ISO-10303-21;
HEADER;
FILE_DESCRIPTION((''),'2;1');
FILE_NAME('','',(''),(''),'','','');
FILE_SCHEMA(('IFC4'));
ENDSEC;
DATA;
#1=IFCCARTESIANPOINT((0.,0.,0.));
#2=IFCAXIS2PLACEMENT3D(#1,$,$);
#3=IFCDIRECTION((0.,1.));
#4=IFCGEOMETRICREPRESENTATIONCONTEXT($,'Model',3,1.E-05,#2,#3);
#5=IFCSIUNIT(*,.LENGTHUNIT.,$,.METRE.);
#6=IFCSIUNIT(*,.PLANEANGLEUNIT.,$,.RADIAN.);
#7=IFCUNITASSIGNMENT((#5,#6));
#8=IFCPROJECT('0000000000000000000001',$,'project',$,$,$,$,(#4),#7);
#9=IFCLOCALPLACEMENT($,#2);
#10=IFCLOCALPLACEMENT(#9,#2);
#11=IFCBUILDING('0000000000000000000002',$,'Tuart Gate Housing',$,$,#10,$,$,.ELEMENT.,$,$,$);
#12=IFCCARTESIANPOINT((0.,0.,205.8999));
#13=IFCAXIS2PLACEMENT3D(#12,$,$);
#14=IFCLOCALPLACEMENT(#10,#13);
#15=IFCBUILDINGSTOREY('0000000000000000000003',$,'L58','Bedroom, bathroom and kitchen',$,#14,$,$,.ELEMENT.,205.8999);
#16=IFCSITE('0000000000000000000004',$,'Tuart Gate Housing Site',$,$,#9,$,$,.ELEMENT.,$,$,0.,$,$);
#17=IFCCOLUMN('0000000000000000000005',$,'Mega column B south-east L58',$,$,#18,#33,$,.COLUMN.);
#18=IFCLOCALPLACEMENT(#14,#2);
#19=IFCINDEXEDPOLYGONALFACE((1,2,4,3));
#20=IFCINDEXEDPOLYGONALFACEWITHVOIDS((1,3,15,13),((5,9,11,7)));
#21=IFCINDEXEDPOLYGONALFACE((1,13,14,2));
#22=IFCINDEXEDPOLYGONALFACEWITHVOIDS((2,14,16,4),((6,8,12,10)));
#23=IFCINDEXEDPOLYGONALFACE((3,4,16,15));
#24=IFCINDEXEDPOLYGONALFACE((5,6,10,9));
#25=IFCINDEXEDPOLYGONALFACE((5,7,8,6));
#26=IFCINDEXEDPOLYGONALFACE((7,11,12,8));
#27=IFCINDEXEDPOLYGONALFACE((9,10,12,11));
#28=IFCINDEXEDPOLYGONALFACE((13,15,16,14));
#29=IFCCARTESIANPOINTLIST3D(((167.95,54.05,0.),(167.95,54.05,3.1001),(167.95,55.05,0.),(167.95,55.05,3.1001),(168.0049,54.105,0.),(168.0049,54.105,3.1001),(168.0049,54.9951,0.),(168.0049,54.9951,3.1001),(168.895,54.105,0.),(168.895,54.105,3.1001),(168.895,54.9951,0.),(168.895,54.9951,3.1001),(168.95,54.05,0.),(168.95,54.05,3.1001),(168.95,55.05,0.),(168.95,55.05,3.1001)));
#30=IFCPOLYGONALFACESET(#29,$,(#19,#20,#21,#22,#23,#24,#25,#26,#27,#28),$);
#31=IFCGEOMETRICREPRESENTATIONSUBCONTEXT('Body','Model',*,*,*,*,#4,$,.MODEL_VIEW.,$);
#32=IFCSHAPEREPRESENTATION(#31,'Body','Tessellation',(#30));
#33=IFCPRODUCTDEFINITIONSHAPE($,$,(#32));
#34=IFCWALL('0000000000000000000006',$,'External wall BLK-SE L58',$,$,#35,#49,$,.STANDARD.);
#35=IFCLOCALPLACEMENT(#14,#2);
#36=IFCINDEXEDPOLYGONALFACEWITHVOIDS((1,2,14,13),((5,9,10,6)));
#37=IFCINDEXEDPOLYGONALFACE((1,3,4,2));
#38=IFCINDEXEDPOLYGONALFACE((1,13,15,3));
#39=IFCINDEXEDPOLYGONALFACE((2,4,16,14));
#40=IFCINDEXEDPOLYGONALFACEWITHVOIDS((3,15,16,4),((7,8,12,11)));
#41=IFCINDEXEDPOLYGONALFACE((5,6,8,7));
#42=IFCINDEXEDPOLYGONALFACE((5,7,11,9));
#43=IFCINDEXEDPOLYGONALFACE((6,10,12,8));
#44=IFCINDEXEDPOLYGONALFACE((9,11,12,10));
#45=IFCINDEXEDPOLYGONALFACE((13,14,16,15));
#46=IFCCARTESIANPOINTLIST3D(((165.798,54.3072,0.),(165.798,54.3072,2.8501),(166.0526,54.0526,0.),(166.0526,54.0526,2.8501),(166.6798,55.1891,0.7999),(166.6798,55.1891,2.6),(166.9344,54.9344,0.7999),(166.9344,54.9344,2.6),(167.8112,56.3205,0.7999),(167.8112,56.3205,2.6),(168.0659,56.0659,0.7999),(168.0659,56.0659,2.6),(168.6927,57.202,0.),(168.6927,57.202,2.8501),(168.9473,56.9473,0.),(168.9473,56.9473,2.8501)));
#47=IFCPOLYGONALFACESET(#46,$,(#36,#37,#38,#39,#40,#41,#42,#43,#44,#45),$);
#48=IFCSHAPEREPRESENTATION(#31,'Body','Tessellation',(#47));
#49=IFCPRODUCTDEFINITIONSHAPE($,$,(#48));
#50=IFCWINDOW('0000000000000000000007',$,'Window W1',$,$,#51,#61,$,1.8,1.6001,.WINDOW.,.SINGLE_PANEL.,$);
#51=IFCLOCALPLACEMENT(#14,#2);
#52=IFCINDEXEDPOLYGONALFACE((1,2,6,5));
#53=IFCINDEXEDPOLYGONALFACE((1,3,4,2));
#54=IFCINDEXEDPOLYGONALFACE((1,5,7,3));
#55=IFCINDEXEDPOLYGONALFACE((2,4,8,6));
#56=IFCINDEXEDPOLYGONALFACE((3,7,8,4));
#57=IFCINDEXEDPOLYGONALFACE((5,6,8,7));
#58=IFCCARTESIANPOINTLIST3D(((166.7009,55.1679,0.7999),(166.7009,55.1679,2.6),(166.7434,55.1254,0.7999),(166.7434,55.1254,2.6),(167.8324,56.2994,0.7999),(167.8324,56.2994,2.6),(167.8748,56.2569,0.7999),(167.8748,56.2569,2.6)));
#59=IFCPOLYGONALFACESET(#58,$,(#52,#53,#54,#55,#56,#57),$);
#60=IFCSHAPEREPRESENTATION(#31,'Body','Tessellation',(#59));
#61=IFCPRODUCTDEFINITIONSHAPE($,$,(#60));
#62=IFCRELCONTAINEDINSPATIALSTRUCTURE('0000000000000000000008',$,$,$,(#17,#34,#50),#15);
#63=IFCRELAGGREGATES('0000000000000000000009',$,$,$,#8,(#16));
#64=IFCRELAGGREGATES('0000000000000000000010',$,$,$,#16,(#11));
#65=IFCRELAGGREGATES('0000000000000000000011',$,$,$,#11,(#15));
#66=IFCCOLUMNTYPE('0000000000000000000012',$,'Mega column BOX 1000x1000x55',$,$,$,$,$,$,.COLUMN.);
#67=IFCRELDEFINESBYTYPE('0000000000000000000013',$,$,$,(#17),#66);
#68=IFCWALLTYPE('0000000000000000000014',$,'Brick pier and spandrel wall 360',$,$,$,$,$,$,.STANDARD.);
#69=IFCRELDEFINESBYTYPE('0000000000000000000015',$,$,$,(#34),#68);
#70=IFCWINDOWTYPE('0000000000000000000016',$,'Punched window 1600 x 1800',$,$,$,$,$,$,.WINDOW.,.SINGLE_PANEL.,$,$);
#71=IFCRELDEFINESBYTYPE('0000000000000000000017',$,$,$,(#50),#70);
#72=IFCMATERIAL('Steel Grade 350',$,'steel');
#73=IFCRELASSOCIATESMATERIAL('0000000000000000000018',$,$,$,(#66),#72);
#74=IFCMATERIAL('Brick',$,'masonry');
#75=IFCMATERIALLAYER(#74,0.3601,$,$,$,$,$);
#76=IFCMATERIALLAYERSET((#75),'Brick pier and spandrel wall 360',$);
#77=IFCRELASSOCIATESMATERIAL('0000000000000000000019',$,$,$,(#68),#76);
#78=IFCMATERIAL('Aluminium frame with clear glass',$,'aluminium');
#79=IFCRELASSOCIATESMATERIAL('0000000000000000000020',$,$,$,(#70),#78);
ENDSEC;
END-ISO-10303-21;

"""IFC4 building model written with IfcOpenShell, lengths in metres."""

from ifc_helpers import new_model, si_unit, direction, frame, frame_2d, origin, origin_2d, place, context, subcontext, project, spatial, rectangle, hollow_rectangle, extrude, material, layer, layer_set, material_profile, profile_set, type_object, element, fill, save


model = new_model("IFC4")

# Units and contexts
model_context = context("Model", 3, precision=1e-05, world=origin(), true_north=direction((0.0, 1.0)))
body_context = subcontext(model_context, "Body", "Model", "MODEL_VIEW")
ifc_project = project(units=[si_unit("LENGTHUNIT", "METRE"), si_unit("PLANEANGLEUNIT", "RADIAN")], contexts=[model_context])

# Site, building, storey
site_placement = place(None, origin())
site = spatial("IfcSite", under=ifc_project, at=site_placement, Name="Tuart Gate Housing Site", CompositionType="ELEMENT", RefElevation=0.0)
building_placement = place(site_placement, origin())
building = spatial("IfcBuilding", under=site, at=building_placement, Name="Tuart Gate Housing", CompositionType="ELEMENT")
storey_placement = place(building_placement, frame((0.0, 0.0, 205.8999)))
storey = spatial("IfcBuildingStorey", under=building, at=storey_placement, Name="L58", Description="Bedroom, bathroom and kitchen", CompositionType="ELEMENT", Elevation=205.8999)

# Column
ifc_material_1 = material(Name="Steel Grade 350", Category="steel")
ifc_material_profile = material_profile(ifc_material_1, hollow_rectangle(XDim=1.0, YDim=1.0, WallThickness=0.0549, at=origin_2d()), Name="BOX 1000x1000x55")
ifc_profile_set = profile_set([ifc_material_profile], Name="Steel Grade 350")
column_type = type_object("IfcColumnType", Name="Mega column BOX 1000x1000x55", PredefinedType="COLUMN", material=ifc_profile_set)
column_placement = place(storey_placement, frame((168.45, 54.55, 0.0), z_axis=(0.0, 0.0, 1.0), x_axis=(1.0, 0.0, 0.0)))
element("IfcColumn", 1, at=column_placement, inside=storey, type_object=column_type, Name="Mega column B south-east L58", PredefinedType="COLUMN", context=body_context, shape_type="SweptSolid", body=[
    extrude(hollow_rectangle(XDim=1.0, YDim=1.0, WallThickness=0.0549, at=origin_2d()), origin(), (0.0, 0.0, 1.0), 3.1001),
])

# Wall, opening, window
ifc_material_2 = material(Name="Brick", Category="masonry")
ifc_layer_1 = layer(ifc_material_2, 0.3601)
ifc_layer_set_1 = layer_set([ifc_layer_1], Name="Brick pier and spandrel wall 360")
wall_type_1 = type_object("IfcWallType", Name="Brick pier and spandrel wall 360", PredefinedType="STANDARD", material=ifc_layer_set_1)
wall_1_placement = place(storey_placement, frame((165.9253, 54.1799, 0.0), z_axis=(0.0, 0.0, 1.0), x_axis=(0.707107, 0.707107, 0.0)))
wall_1 = element("IfcWall", 2, at=wall_1_placement, inside=storey, type_object=wall_type_1, Name="External wall BLK-SE L58", PredefinedType="STANDARD", context=body_context, shape_type="SweptSolid", body=[
    extrude(rectangle(XDim=4.0938, YDim=0.3601, at=frame_2d((2.0469, 0.0))), origin(), (0.0, 0.0, 1.0), 2.8501),
])
opening_1_placement = place(wall_1_placement, frame((1.2471, 0.0, 0.8)))
opening_1 = element("IfcOpeningElement", 3, at=opening_1_placement, cuts=wall_1, PredefinedType="OPENING", context=body_context, shape_type="SweptSolid", body=[
    extrude(rectangle(XDim=1.6001, YDim=1.8, at=frame_2d((0.8, 0.8999))), frame((0.0, 0.1899, 0.0), z_axis=(0.0, -1.0, 0.0), x_axis=(1.0, 0.0, 0.0)), (0.0, 0.0, 1.0), 0.3801),
])
ifc_material_3 = material(Name="Aluminium frame with clear glass", Category="aluminium")
window_type_1 = type_object("IfcWindowType", Name="Punched window 1600 x 1800", PartitioningType="SINGLE_PANEL", PredefinedType="WINDOW", material=ifc_material_3)
window_1_placement = place(opening_1_placement, origin())
window_1 = element("IfcWindow", 4, at=window_1_placement, inside=storey, type_object=window_type_1, Name="Window W1", OverallHeight=1.8, OverallWidth=1.6001, PartitioningType="SINGLE_PANEL", PredefinedType="WINDOW", context=body_context, shape_type="SweptSolid", body=[
    extrude(rectangle(XDim=1.6001, YDim=1.8, at=frame_2d((0.8, 0.8999))), frame((0.0, 0.1501, 0.0), z_axis=(0.0, -1.0, 0.0), x_axis=(1.0, 0.0, 0.0)), (0.0, 0.0, 1.0), 0.0601),
])
fill(opening_1, window_1)

save(model, "model.ifc")
